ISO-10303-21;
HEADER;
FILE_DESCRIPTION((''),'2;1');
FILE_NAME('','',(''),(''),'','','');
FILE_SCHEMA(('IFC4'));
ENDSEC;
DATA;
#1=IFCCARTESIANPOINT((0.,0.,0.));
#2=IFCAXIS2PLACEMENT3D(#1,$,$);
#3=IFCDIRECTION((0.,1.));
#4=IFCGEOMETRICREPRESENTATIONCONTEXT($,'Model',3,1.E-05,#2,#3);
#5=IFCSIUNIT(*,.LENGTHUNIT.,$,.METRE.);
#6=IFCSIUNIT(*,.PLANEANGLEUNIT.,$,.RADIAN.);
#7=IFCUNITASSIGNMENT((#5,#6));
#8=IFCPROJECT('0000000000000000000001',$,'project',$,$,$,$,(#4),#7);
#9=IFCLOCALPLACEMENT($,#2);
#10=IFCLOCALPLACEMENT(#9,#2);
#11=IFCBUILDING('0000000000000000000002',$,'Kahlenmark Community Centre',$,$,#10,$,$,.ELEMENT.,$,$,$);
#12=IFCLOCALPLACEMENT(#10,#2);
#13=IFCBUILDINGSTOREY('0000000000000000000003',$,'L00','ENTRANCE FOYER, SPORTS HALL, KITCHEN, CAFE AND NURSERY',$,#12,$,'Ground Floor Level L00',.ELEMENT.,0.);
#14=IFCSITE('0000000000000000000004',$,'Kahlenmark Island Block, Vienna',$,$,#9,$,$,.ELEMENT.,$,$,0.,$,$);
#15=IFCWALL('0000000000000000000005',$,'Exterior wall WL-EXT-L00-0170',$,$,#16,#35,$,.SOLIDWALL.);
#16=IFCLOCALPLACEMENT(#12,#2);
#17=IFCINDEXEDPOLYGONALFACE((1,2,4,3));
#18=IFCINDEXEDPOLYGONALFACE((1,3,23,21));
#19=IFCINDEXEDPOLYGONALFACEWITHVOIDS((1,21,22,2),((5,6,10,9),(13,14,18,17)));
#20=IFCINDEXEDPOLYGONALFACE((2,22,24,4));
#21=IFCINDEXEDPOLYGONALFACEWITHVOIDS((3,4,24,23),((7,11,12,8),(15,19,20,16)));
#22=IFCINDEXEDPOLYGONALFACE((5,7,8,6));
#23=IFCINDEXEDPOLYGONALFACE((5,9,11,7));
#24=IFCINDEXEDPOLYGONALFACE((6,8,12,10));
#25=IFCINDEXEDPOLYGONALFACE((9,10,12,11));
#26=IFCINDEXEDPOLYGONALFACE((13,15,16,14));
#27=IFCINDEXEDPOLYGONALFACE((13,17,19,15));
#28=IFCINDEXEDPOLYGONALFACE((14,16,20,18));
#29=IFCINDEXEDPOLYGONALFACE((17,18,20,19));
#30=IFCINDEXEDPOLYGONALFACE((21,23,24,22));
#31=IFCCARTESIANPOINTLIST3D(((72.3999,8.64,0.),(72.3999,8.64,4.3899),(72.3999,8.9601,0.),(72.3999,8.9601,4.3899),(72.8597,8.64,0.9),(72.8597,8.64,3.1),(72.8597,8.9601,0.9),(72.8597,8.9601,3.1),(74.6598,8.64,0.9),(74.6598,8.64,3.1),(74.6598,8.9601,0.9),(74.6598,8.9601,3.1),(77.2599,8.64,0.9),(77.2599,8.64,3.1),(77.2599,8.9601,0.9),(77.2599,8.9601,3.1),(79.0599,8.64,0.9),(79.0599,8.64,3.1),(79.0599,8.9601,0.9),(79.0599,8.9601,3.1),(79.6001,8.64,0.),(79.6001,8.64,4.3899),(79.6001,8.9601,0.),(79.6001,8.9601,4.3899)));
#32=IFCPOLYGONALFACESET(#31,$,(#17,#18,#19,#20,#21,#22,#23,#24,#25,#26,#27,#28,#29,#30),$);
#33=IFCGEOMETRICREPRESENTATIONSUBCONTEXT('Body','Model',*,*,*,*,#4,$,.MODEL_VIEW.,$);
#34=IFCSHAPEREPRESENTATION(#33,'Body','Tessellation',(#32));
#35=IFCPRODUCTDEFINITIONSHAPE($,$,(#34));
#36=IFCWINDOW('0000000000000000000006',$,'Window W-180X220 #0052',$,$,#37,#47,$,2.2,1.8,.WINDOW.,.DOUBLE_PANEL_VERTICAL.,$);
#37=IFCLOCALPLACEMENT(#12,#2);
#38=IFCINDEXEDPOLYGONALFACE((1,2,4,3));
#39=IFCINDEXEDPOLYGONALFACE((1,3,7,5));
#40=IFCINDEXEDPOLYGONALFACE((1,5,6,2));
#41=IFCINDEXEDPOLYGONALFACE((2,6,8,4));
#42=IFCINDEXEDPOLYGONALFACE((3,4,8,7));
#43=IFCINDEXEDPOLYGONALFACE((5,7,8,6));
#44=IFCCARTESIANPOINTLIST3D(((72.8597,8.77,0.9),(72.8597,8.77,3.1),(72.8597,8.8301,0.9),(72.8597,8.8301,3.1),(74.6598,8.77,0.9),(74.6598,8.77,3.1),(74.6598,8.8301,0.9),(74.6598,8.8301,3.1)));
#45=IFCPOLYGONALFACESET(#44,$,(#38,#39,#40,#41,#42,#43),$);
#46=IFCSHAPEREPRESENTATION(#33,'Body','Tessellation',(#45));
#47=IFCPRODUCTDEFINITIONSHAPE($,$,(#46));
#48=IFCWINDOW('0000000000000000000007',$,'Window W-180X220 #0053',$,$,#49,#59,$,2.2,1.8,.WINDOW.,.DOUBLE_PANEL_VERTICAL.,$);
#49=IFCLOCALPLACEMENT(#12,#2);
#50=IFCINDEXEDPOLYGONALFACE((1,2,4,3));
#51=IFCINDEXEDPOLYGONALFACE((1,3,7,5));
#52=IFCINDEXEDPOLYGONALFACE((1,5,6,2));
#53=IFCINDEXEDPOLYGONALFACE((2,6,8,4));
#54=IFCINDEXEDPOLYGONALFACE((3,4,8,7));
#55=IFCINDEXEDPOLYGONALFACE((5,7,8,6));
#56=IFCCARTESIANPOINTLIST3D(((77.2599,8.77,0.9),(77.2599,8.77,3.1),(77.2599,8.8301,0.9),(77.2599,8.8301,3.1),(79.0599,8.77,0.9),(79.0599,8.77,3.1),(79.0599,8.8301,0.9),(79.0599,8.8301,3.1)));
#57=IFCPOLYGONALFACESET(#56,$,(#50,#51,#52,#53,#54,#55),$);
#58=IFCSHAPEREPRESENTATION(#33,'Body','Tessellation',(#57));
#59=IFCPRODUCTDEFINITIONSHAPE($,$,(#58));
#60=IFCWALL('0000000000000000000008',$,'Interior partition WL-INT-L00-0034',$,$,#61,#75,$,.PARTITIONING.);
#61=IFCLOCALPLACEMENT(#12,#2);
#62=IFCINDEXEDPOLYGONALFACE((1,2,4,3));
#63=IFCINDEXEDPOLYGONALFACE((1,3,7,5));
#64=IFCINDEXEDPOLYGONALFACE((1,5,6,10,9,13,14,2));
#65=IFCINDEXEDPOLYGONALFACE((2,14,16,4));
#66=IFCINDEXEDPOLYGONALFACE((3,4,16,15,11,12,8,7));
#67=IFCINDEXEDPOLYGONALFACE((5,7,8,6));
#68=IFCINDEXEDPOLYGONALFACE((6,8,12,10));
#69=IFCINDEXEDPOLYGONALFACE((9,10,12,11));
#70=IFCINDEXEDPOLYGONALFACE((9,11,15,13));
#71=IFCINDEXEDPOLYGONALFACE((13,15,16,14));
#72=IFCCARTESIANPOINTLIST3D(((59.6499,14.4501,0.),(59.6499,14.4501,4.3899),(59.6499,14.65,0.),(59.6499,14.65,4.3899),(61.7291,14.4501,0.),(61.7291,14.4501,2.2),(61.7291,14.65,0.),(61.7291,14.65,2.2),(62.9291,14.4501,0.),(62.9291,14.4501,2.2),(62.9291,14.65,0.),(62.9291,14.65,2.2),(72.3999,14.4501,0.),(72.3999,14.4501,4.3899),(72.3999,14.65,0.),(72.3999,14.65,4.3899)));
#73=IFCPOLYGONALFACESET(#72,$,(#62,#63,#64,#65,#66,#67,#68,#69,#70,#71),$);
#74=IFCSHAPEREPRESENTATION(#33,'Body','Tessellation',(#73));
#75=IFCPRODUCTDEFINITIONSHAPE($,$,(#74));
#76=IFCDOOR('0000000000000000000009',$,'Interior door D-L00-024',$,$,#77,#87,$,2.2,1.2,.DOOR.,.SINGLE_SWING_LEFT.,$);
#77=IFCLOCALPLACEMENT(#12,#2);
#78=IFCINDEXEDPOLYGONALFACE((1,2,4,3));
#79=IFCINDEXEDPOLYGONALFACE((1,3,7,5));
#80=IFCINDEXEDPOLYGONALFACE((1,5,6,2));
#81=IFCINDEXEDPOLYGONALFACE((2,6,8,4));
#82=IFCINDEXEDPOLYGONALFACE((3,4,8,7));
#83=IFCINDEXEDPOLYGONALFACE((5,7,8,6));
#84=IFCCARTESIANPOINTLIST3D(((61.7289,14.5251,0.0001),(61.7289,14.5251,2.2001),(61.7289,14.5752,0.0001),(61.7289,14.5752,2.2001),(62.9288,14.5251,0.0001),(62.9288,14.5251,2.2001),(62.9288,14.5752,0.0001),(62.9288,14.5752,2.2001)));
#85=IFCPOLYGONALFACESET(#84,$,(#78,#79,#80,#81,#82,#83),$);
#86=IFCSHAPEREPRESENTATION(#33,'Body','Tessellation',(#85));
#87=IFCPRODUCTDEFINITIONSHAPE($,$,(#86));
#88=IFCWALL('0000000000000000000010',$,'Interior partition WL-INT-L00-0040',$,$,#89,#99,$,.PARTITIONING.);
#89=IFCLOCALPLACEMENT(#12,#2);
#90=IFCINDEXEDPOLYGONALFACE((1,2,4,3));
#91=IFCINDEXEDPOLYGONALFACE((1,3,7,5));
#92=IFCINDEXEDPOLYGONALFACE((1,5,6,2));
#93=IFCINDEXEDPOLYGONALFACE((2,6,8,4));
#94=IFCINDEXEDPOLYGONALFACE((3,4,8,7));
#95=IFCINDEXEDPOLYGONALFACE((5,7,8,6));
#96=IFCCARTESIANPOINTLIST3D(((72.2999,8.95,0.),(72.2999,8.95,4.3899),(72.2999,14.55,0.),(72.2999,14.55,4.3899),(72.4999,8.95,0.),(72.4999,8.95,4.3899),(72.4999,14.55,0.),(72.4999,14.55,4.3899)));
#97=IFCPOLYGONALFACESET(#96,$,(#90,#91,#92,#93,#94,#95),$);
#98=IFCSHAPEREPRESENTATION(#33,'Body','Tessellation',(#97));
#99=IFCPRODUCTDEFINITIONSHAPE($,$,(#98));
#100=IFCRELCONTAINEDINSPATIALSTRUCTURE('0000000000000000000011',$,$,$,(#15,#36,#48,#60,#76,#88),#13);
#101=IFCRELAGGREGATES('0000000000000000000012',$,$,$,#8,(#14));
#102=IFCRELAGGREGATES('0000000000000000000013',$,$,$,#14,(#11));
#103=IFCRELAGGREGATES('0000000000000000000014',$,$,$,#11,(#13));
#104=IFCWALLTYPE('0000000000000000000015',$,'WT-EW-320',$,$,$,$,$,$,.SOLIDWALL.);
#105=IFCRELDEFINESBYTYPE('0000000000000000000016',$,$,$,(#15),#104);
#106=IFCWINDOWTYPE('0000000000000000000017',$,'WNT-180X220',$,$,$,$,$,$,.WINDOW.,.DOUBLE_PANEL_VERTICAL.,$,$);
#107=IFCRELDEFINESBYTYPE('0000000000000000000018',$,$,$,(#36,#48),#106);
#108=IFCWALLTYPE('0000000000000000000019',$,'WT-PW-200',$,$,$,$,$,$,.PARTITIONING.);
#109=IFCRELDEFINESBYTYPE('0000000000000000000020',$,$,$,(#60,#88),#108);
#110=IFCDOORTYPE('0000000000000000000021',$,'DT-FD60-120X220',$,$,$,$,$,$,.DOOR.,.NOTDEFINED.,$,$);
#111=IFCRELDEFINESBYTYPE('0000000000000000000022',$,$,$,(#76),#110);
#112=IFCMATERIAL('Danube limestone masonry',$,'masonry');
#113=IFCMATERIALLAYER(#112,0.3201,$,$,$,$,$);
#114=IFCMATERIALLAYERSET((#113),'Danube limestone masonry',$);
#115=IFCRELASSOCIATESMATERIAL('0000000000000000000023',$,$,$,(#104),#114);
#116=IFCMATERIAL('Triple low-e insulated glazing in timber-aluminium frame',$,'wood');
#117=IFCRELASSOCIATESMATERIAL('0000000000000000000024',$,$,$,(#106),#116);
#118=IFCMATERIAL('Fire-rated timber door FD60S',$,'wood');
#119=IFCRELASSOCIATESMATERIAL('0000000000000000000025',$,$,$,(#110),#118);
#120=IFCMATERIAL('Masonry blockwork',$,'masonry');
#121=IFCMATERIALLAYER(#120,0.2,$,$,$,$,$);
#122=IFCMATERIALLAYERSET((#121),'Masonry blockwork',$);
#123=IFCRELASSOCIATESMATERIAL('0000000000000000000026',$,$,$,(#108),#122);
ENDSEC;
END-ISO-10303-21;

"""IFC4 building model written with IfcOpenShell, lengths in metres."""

from ifc_helpers import new_model, si_unit, direction, frame, frame_2d, origin, place, context, subcontext, project, spatial, rectangle, extrude, material, layer, layer_set, type_object, element, fill, save


model = new_model("IFC4")

# Units and contexts
model_context = context("Model", 3, precision=1e-05, world=origin(), true_north=direction((0.0, 1.0)))
body_context = subcontext(model_context, "Body", "Model", "MODEL_VIEW")
ifc_project = project(units=[si_unit("LENGTHUNIT", "METRE"), si_unit("PLANEANGLEUNIT", "RADIAN")], contexts=[model_context])

# Site, building, storey
site_placement = place(None, origin())
site = spatial("IfcSite", under=ifc_project, at=site_placement, Name="Kahlenmark Island Block, Vienna", CompositionType="ELEMENT", RefElevation=0.0)
building_placement = place(site_placement, origin())
building = spatial("IfcBuilding", under=site, at=building_placement, Name="Kahlenmark Community Centre", CompositionType="ELEMENT")
storey_placement = place(building_placement, origin())
storey = spatial("IfcBuildingStorey", under=building, at=storey_placement, Name="L00", Description="ENTRANCE FOYER, SPORTS HALL, KITCHEN, CAFE AND NURSERY", LongName="Ground Floor Level L00", CompositionType="ELEMENT", Elevation=0.0)

# Wall, openings, windows
ifc_material_1 = material(Name="Danube limestone masonry", Category="masonry")
ifc_layer_1 = layer(ifc_material_1, 0.3201)
ifc_layer_set_1 = layer_set([ifc_layer_1], Name="Danube limestone masonry")
wall_type_1 = type_object("IfcWallType", Name="WT-EW-320", PredefinedType="SOLIDWALL", material=ifc_layer_set_1)
ifc_material_2 = material(Name="Triple low-e insulated glazing in timber-aluminium frame", Category="wood")
window_type = type_object("IfcWindowType", Name="WNT-180X220", PartitioningType="DOUBLE_PANEL_VERTICAL", PredefinedType="WINDOW", material=ifc_material_2)
wall_1_placement = place(storey_placement, frame((72.3999, 8.8, 0.0), z_axis=(0.0, 0.0, 1.0), x_axis=(1.0, 0.0, 0.0)))
wall_1 = element("IfcWall", 1, at=wall_1_placement, inside=storey, type_object=wall_type_1, Name="Exterior wall WL-EXT-L00-0170", PredefinedType="SOLIDWALL", context=body_context, shape_type="SweptSolid", body=[
    extrude(rectangle(XDim=7.2002, YDim=0.3201, at=frame_2d((3.6001, 0.0))), origin(), (0.0, 0.0, 1.0), 4.3899),
])
opening_1_placement = place(wall_1_placement, frame((0.46, 0.0, 0.8999)))
opening_1 = element("IfcOpeningElement", 2, at=opening_1_placement, cuts=wall_1, PredefinedType="OPENING", context=body_context, shape_type="SweptSolid", body=[
    extrude(rectangle(XDim=1.8, YDim=2.2, at=frame_2d((0.8999, 1.1001))), frame((0.0, 0.1699, 0.0), z_axis=(0.0, -1.0, 0.0), x_axis=(1.0, 0.0, 0.0)), (0.0, 0.0, 1.0), 0.3401),
])
opening_2_placement = place(wall_1_placement, frame((4.8601, 0.0, 0.8999)))
opening_2 = element("IfcOpeningElement", 3, at=opening_2_placement, cuts=wall_1, PredefinedType="OPENING", context=body_context, shape_type="SweptSolid", body=[
    extrude(rectangle(XDim=1.8, YDim=2.2, at=frame_2d((0.8999, 1.1001))), frame((0.0, 0.1699, 0.0), z_axis=(0.0, -1.0, 0.0), x_axis=(1.0, 0.0, 0.0)), (0.0, 0.0, 1.0), 0.3401),
])
window_1_placement = place(opening_1_placement, origin())
window_1 = element("IfcWindow", 4, at=window_1_placement, inside=storey, type_object=window_type, Name="Window W-180X220 #0052", OverallHeight=2.2, OverallWidth=1.8, PartitioningType="DOUBLE_PANEL_VERTICAL", PredefinedType="WINDOW", context=body_context, shape_type="SweptSolid", body=[
    extrude(rectangle(XDim=1.8, YDim=2.2, at=frame_2d((0.8999, 1.1001))), frame((0.0, 0.03, 0.0), z_axis=(0.0, -1.0, 0.0), x_axis=(1.0, 0.0, 0.0)), (0.0, 0.0, 1.0), 0.0601),
])
fill(opening_1, window_1)
window_2_placement = place(opening_2_placement, origin())
window_2 = element("IfcWindow", 5, at=window_2_placement, inside=storey, type_object=window_type, Name="Window W-180X220 #0053", OverallHeight=2.2, OverallWidth=1.8, PartitioningType="DOUBLE_PANEL_VERTICAL", PredefinedType="WINDOW", context=body_context, shape_type="SweptSolid", body=[
    extrude(rectangle(XDim=1.8, YDim=2.2, at=frame_2d((0.8999, 1.1001))), frame((0.0, 0.03, 0.0), z_axis=(0.0, -1.0, 0.0), x_axis=(1.0, 0.0, 0.0)), (0.0, 0.0, 1.0), 0.0601),
])
fill(opening_2, window_2)

# Wall, opening, door
ifc_material_3 = material(Name="Fire-rated timber door FD60S", Category="wood")
door_type = type_object("IfcDoorType", Name="DT-FD60-120X220", OperationType="NOTDEFINED", PredefinedType="DOOR", material=ifc_material_3)
ifc_material_4 = material(Name="Masonry blockwork", Category="masonry")
ifc_layer_2 = layer(ifc_material_4, 0.2)
ifc_layer_set_2 = layer_set([ifc_layer_2], Name="Masonry blockwork")
wall_type_2 = type_object("IfcWallType", Name="WT-PW-200", PredefinedType="PARTITIONING", material=ifc_layer_set_2)
wall_2_placement = place(storey_placement, frame((59.6499, 14.55, 0.0), z_axis=(0.0, 0.0, 1.0), x_axis=(1.0, 0.0, 0.0)))
wall_2 = element("IfcWall", 6, at=wall_2_placement, inside=storey, type_object=wall_type_2, Name="Interior partition WL-INT-L00-0034", PredefinedType="PARTITIONING", context=body_context, shape_type="SweptSolid", body=[
    extrude(rectangle(XDim=12.75, YDim=0.2, at=frame_2d((6.375, 0.0))), origin(), (0.0, 0.0, 1.0), 4.3899),
])
opening_3_placement = place(wall_2_placement, frame((2.0791, 0.0, -0.01)))
opening_3 = element("IfcOpeningElement", 7, at=opening_3_placement, cuts=wall_2, PredefinedType="OPENING", context=body_context, shape_type="SweptSolid", body=[
    extrude(rectangle(XDim=1.2, YDim=2.21, at=frame_2d((0.6001, 1.105))), frame((0.0, 0.1099, 0.0), z_axis=(0.0, -1.0, 0.0), x_axis=(1.0, 0.0, 0.0)), (0.0, 0.0, 1.0), 0.22),
])
door_1_placement = place(opening_3_placement, frame((1.2, 0.0, 0.01), z_axis=(0.0, 0.0, 1.0), x_axis=(-1.0, 0.0, 0.0)))
door_1 = element("IfcDoor", 8, at=door_1_placement, inside=storey, type_object=door_type, Name="Interior door D-L00-024", OperationType="SINGLE_SWING_LEFT", OverallHeight=2.2, OverallWidth=1.2, PredefinedType="DOOR", context=body_context, shape_type="SweptSolid", body=[
    extrude(rectangle(XDim=1.2, YDim=2.2, at=frame_2d((0.6001, 1.1001))), frame((0.0, 0.0249, 0.0), z_axis=(0.0, -1.0, 0.0), x_axis=(1.0, 0.0, 0.0)), (0.0, 0.0, 1.0), 0.05),
])
fill(opening_3, door_1)

# Wall
wall_3_placement = place(storey_placement, frame((72.3999, 8.95, 0.0), z_axis=(0.0, 0.0, 1.0), x_axis=(0.0, 1.0, 0.0)))
element("IfcWall", 9, at=wall_3_placement, inside=storey, type_object=wall_type_2, Name="Interior partition WL-INT-L00-0040", PredefinedType="PARTITIONING", context=body_context, shape_type="SweptSolid", body=[
    extrude(rectangle(XDim=5.6001, YDim=0.2, at=frame_2d((2.8, 0.0))), origin(), (0.0, 0.0, 1.0), 4.3899),
])

save(model, "model.ifc")
